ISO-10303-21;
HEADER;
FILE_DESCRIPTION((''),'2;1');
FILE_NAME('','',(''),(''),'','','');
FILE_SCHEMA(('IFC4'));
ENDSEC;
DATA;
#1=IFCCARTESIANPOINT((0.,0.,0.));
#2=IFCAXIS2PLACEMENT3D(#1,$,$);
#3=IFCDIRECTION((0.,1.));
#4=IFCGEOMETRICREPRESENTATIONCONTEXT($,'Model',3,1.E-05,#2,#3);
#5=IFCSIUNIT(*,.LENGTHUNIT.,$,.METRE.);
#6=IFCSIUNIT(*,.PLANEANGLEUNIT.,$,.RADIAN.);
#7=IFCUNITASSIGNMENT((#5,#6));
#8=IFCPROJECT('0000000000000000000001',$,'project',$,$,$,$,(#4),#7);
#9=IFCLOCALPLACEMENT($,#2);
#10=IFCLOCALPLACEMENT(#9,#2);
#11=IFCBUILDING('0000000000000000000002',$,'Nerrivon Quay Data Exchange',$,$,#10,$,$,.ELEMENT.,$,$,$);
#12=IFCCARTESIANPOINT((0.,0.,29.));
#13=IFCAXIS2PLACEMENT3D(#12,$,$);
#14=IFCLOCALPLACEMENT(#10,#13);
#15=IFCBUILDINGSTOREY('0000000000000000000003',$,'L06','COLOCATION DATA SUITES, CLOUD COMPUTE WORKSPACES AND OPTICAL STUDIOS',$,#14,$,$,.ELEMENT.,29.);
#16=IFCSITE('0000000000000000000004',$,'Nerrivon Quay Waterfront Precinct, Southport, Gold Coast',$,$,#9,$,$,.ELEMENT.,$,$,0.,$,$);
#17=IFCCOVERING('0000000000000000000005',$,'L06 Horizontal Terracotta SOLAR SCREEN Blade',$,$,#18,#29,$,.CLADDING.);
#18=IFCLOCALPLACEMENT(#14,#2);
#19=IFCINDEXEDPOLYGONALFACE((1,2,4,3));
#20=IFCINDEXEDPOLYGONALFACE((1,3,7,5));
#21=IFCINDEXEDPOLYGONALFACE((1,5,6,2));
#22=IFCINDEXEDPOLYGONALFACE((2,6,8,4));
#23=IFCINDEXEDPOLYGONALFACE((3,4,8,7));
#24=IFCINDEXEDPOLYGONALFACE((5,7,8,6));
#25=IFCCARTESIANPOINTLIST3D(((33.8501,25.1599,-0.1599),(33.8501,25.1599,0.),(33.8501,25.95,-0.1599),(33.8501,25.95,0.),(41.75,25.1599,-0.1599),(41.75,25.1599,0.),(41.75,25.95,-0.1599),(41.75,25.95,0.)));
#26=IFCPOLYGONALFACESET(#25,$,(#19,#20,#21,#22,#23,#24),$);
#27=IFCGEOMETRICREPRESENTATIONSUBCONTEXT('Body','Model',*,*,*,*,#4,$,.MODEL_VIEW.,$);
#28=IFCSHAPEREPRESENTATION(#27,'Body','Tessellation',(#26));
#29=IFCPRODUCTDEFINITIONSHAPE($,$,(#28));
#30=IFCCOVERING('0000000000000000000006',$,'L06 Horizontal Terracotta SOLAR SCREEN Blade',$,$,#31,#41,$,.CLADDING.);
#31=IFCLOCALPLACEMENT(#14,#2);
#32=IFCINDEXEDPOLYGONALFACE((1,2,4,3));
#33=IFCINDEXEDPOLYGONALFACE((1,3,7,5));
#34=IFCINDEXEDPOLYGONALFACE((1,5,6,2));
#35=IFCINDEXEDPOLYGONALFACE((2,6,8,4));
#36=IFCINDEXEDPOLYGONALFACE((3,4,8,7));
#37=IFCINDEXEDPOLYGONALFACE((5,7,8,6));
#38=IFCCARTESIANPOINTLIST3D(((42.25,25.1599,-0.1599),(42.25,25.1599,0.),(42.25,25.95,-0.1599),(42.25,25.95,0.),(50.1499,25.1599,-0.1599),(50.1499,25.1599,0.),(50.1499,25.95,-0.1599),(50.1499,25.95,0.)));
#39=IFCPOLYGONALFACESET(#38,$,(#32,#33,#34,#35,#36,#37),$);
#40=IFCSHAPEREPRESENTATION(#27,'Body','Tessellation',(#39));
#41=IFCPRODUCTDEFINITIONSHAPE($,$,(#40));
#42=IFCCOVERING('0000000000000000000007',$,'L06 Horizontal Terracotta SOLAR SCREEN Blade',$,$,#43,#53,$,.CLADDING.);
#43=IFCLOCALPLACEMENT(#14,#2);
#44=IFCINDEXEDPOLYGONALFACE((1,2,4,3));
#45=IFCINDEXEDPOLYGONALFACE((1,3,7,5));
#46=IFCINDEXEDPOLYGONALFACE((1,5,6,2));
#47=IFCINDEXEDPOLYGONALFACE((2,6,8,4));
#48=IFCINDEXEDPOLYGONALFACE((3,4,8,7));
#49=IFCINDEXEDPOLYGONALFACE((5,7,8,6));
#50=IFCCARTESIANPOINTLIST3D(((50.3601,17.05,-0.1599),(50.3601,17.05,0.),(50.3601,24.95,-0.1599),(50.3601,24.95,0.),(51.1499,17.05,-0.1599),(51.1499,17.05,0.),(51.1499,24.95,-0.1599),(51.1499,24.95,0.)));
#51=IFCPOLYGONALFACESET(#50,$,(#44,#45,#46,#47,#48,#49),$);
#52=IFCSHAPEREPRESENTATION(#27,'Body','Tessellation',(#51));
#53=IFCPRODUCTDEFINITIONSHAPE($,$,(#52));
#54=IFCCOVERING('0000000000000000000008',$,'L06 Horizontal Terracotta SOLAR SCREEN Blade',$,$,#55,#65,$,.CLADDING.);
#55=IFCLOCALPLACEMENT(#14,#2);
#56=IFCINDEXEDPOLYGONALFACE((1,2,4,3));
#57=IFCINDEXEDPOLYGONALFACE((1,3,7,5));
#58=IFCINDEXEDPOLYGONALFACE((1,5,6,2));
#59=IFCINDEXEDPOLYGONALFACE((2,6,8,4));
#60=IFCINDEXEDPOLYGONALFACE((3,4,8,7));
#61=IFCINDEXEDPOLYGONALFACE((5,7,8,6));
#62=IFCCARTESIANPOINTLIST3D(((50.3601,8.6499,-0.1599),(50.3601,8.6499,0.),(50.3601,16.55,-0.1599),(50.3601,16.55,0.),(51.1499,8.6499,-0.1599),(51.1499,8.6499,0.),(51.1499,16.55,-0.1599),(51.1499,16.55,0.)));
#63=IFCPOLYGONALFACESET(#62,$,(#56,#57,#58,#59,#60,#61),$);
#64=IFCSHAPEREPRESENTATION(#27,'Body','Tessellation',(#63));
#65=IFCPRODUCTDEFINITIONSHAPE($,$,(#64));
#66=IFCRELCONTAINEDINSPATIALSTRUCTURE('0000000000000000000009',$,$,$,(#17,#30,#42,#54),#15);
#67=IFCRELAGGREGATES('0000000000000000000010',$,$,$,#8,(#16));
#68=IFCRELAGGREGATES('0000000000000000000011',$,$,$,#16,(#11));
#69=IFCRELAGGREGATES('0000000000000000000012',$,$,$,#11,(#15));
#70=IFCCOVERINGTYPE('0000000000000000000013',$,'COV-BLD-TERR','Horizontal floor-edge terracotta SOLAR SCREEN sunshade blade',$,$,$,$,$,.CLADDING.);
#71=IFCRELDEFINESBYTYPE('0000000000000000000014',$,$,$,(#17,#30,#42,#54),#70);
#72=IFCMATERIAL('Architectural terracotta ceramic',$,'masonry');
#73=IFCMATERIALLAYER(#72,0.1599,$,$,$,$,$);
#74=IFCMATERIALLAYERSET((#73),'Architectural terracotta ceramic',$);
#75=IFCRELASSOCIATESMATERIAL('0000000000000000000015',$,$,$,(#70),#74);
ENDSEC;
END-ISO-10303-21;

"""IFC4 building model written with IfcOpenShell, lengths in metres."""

from ifc_helpers import new_model, si_unit, direction, frame, origin, place, context, subcontext, project, spatial, polyline, outline, extrude, material, layer, layer_set, type_object, element, save


model = new_model("IFC4")

# Units and contexts
model_context = context("Model", 3, precision=1e-05, world=origin(), true_north=direction((0.0, 1.0)))
body_context = subcontext(model_context, "Body", "Model", "MODEL_VIEW")
ifc_project = project(units=[si_unit("LENGTHUNIT", "METRE"), si_unit("PLANEANGLEUNIT", "RADIAN")], contexts=[model_context])

# Site, building, storey
site_placement = place(None, origin())
site = spatial("IfcSite", under=ifc_project, at=site_placement, Name="Nerrivon Quay Waterfront Precinct, Southport, Gold Coast", CompositionType="ELEMENT", RefElevation=0.0)
building_placement = place(site_placement, origin())
building = spatial("IfcBuilding", under=site, at=building_placement, Name="Nerrivon Quay Data Exchange", CompositionType="ELEMENT")
storey_placement = place(building_placement, frame((0.0, 0.0, 29.0)))
storey = spatial("IfcBuildingStorey", under=building, at=storey_placement, Name="L06", Description="COLOCATION DATA SUITES, CLOUD COMPUTE WORKSPACES AND OPTICAL STUDIOS", CompositionType="ELEMENT", Elevation=29.0)

# Coverings
ifc_material_1 = material(Name="Architectural terracotta ceramic", Category="masonry")
ifc_layer_1 = layer(ifc_material_1, 0.1599)
ifc_layer_set_1 = layer_set([ifc_layer_1], Name="Architectural terracotta ceramic")
covering_type = type_object("IfcCoveringType", Name="COV-BLD-TERR", Description="Horizontal floor-edge terracotta SOLAR SCREEN sunshade blade", PredefinedType="CLADDING", material=ifc_layer_set_1)
covering_1_placement = place(storey_placement, frame((0.0, 0.0, -0.1599)))
element("IfcCovering", 1, at=covering_1_placement, inside=storey, type_object=covering_type, Name="L06 Horizontal Terracotta SOLAR SCREEN Blade", PredefinedType="CLADDING", context=body_context, shape_type="SweptSolid", body=[
    extrude(outline(polyline([(33.8501, 25.1599), (41.75, 25.1599), (41.75, 25.95), (33.8501, 25.95), (33.8501, 25.1599)])), origin(), (0.0, 0.0, 1.0), 0.1599),
])
covering_2_placement = place(storey_placement, frame((0.0, 0.0, -0.1599)))
element("IfcCovering", 2, at=covering_2_placement, inside=storey, type_object=covering_type, Name="L06 Horizontal Terracotta SOLAR SCREEN Blade", PredefinedType="CLADDING", context=body_context, shape_type="SweptSolid", body=[
    extrude(outline(polyline([(42.25, 25.1599), (50.1499, 25.1599), (50.1499, 25.95), (42.25, 25.95), (42.25, 25.1599)])), origin(), (0.0, 0.0, 1.0), 0.1599),
])
covering_3_placement = place(storey_placement, frame((0.0, 0.0, -0.1599)))
element("IfcCovering", 3, at=covering_3_placement, inside=storey, type_object=covering_type, Name="L06 Horizontal Terracotta SOLAR SCREEN Blade", PredefinedType="CLADDING", context=body_context, shape_type="SweptSolid", body=[
    extrude(outline(polyline([(50.3601, 24.95), (50.3601, 17.05), (51.1499, 17.05), (51.1499, 24.95), (50.3601, 24.95)])), origin(), (0.0, 0.0, 1.0), 0.1599),
])
covering_4_placement = place(storey_placement, frame((0.0, 0.0, -0.1599)))
element("IfcCovering", 4, at=covering_4_placement, inside=storey, type_object=covering_type, Name="L06 Horizontal Terracotta SOLAR SCREEN Blade", PredefinedType="CLADDING", context=body_context, shape_type="SweptSolid", body=[
    extrude(outline(polyline([(50.3601, 16.55), (50.3601, 8.6499), (51.1499, 8.6499), (51.1499, 16.55), (50.3601, 16.55)])), origin(), (0.0, 0.0, 1.0), 0.1599),
])

save(model, "model.ifc")
